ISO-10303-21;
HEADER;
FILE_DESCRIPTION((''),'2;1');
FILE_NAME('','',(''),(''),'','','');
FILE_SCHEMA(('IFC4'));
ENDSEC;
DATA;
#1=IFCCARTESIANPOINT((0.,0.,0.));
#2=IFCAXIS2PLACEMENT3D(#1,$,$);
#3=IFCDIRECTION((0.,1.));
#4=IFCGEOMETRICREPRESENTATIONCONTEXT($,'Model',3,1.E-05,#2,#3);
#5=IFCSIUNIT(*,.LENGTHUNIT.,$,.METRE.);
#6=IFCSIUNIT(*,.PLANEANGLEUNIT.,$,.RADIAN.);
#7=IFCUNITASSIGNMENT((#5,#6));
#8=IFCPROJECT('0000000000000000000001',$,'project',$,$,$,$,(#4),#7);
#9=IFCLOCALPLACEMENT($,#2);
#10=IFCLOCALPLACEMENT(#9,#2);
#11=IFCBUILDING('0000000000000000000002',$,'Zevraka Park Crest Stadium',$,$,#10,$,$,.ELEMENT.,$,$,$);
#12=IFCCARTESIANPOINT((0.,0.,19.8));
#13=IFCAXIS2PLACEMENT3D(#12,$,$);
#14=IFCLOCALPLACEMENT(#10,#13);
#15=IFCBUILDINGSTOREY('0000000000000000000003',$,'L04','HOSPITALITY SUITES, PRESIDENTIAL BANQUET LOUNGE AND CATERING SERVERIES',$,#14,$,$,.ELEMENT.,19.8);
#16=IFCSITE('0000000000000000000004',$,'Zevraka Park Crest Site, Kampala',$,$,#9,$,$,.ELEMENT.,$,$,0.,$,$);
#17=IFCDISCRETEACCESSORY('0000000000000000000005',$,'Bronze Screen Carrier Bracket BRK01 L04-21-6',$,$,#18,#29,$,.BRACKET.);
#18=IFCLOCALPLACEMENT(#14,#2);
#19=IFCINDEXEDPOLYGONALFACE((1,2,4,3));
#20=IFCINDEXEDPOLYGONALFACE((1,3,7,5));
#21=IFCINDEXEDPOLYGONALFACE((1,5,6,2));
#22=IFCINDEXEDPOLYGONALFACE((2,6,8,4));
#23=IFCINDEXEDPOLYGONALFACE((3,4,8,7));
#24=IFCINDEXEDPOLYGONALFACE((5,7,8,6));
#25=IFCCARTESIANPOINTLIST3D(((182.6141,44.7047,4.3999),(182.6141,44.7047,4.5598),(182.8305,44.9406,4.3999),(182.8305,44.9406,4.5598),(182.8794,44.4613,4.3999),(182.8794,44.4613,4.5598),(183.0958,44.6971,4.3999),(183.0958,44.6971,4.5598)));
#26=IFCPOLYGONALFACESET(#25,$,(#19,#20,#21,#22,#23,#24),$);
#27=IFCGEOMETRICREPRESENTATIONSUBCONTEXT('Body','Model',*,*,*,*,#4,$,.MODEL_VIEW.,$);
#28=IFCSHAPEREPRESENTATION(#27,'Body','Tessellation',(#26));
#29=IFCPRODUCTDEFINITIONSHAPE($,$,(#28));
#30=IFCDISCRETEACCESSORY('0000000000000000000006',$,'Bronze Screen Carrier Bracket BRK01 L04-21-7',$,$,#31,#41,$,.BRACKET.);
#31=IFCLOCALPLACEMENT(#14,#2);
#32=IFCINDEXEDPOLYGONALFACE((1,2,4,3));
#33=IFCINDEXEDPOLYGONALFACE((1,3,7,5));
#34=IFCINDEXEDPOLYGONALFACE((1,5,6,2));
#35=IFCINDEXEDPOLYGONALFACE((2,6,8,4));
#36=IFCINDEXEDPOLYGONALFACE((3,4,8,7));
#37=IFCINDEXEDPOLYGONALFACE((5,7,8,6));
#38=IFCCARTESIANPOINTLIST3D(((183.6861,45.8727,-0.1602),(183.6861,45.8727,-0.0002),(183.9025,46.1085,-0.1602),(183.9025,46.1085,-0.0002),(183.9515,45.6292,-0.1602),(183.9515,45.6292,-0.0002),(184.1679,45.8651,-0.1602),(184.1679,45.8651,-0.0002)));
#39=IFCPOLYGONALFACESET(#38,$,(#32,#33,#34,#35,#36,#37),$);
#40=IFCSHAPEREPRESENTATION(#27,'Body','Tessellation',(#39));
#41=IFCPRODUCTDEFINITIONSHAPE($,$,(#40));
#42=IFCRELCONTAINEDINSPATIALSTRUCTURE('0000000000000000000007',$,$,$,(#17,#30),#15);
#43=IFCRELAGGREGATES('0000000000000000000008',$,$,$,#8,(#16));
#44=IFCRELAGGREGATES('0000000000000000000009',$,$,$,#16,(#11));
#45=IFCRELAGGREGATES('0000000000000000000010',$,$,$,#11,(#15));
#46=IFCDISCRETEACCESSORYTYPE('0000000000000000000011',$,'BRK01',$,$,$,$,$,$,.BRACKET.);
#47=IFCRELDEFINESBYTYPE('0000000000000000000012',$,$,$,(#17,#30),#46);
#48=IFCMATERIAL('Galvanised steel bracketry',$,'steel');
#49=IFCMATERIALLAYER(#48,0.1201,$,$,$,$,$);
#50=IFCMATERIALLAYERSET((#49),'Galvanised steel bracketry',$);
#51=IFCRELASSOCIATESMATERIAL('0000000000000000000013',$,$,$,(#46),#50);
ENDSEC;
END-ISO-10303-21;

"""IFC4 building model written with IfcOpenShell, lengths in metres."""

from ifc_helpers import new_model, si_unit, direction, frame, origin, origin_2d, place, context, subcontext, project, spatial, rectangle, extrude, material, layer, layer_set, type_object, element, save


model = new_model("IFC4")

# Units and contexts
model_context = context("Model", 3, precision=1e-05, world=origin(), true_north=direction((0.0, 1.0)))
body_context = subcontext(model_context, "Body", "Model", "MODEL_VIEW")
ifc_project = project(units=[si_unit("LENGTHUNIT", "METRE"), si_unit("PLANEANGLEUNIT", "RADIAN")], contexts=[model_context])

# Site, building, storey
site_placement = place(None, origin())
site = spatial("IfcSite", under=ifc_project, at=site_placement, Name="Zevraka Park Crest Site, Kampala", CompositionType="ELEMENT", RefElevation=0.0)
building_placement = place(site_placement, origin())
building = spatial("IfcBuilding", under=site, at=building_placement, Name="Zevraka Park Crest Stadium", CompositionType="ELEMENT")
storey_placement = place(building_placement, frame((0.0, 0.0, 19.8)))
storey = spatial("IfcBuildingStorey", under=building, at=storey_placement, Name="L04", Description="HOSPITALITY SUITES, PRESIDENTIAL BANQUET LOUNGE AND CATERING SERVERIES", CompositionType="ELEMENT", Elevation=19.8)

# Discrete accessories
ifc_material_1 = material(Name="Galvanised steel bracketry", Category="steel")
ifc_layer_1 = layer(ifc_material_1, 0.1201)
ifc_layer_set_1 = layer_set([ifc_layer_1], Name="Galvanised steel bracketry")
discrete_accessory_type = type_object("IfcDiscreteAccessoryType", Name="BRK01", PredefinedType="BRACKET", material=ifc_layer_set_1)
for number, where, z_axis, x_axis, name in (
    (1, (182.855, 44.7009, 4.3999), (0.0, 0.0, 1.0), (0.676105, 0.736806, 0.0), "Bronze Screen Carrier Bracket BRK01 L04-21-6"),
    (2, (183.927, 45.8689, -0.1602), (0.0, 0.0, 1.0), (0.676105, 0.736806, 0.0), "Bronze Screen Carrier Bracket BRK01 L04-21-7"),
):
    element("IfcDiscreteAccessory", number, at=place(storey_placement, frame(where, z_axis=z_axis, x_axis=x_axis)), inside=storey, type_object=discrete_accessory_type, Name=name, PredefinedType="BRACKET", context=body_context, shape_type="SweptSolid", body=[
        extrude(rectangle(XDim=0.3201, YDim=0.3601, at=origin_2d()), origin(), (0.0, 0.0, 1.0), 0.1599),
    ])

save(model, "model.ifc")
